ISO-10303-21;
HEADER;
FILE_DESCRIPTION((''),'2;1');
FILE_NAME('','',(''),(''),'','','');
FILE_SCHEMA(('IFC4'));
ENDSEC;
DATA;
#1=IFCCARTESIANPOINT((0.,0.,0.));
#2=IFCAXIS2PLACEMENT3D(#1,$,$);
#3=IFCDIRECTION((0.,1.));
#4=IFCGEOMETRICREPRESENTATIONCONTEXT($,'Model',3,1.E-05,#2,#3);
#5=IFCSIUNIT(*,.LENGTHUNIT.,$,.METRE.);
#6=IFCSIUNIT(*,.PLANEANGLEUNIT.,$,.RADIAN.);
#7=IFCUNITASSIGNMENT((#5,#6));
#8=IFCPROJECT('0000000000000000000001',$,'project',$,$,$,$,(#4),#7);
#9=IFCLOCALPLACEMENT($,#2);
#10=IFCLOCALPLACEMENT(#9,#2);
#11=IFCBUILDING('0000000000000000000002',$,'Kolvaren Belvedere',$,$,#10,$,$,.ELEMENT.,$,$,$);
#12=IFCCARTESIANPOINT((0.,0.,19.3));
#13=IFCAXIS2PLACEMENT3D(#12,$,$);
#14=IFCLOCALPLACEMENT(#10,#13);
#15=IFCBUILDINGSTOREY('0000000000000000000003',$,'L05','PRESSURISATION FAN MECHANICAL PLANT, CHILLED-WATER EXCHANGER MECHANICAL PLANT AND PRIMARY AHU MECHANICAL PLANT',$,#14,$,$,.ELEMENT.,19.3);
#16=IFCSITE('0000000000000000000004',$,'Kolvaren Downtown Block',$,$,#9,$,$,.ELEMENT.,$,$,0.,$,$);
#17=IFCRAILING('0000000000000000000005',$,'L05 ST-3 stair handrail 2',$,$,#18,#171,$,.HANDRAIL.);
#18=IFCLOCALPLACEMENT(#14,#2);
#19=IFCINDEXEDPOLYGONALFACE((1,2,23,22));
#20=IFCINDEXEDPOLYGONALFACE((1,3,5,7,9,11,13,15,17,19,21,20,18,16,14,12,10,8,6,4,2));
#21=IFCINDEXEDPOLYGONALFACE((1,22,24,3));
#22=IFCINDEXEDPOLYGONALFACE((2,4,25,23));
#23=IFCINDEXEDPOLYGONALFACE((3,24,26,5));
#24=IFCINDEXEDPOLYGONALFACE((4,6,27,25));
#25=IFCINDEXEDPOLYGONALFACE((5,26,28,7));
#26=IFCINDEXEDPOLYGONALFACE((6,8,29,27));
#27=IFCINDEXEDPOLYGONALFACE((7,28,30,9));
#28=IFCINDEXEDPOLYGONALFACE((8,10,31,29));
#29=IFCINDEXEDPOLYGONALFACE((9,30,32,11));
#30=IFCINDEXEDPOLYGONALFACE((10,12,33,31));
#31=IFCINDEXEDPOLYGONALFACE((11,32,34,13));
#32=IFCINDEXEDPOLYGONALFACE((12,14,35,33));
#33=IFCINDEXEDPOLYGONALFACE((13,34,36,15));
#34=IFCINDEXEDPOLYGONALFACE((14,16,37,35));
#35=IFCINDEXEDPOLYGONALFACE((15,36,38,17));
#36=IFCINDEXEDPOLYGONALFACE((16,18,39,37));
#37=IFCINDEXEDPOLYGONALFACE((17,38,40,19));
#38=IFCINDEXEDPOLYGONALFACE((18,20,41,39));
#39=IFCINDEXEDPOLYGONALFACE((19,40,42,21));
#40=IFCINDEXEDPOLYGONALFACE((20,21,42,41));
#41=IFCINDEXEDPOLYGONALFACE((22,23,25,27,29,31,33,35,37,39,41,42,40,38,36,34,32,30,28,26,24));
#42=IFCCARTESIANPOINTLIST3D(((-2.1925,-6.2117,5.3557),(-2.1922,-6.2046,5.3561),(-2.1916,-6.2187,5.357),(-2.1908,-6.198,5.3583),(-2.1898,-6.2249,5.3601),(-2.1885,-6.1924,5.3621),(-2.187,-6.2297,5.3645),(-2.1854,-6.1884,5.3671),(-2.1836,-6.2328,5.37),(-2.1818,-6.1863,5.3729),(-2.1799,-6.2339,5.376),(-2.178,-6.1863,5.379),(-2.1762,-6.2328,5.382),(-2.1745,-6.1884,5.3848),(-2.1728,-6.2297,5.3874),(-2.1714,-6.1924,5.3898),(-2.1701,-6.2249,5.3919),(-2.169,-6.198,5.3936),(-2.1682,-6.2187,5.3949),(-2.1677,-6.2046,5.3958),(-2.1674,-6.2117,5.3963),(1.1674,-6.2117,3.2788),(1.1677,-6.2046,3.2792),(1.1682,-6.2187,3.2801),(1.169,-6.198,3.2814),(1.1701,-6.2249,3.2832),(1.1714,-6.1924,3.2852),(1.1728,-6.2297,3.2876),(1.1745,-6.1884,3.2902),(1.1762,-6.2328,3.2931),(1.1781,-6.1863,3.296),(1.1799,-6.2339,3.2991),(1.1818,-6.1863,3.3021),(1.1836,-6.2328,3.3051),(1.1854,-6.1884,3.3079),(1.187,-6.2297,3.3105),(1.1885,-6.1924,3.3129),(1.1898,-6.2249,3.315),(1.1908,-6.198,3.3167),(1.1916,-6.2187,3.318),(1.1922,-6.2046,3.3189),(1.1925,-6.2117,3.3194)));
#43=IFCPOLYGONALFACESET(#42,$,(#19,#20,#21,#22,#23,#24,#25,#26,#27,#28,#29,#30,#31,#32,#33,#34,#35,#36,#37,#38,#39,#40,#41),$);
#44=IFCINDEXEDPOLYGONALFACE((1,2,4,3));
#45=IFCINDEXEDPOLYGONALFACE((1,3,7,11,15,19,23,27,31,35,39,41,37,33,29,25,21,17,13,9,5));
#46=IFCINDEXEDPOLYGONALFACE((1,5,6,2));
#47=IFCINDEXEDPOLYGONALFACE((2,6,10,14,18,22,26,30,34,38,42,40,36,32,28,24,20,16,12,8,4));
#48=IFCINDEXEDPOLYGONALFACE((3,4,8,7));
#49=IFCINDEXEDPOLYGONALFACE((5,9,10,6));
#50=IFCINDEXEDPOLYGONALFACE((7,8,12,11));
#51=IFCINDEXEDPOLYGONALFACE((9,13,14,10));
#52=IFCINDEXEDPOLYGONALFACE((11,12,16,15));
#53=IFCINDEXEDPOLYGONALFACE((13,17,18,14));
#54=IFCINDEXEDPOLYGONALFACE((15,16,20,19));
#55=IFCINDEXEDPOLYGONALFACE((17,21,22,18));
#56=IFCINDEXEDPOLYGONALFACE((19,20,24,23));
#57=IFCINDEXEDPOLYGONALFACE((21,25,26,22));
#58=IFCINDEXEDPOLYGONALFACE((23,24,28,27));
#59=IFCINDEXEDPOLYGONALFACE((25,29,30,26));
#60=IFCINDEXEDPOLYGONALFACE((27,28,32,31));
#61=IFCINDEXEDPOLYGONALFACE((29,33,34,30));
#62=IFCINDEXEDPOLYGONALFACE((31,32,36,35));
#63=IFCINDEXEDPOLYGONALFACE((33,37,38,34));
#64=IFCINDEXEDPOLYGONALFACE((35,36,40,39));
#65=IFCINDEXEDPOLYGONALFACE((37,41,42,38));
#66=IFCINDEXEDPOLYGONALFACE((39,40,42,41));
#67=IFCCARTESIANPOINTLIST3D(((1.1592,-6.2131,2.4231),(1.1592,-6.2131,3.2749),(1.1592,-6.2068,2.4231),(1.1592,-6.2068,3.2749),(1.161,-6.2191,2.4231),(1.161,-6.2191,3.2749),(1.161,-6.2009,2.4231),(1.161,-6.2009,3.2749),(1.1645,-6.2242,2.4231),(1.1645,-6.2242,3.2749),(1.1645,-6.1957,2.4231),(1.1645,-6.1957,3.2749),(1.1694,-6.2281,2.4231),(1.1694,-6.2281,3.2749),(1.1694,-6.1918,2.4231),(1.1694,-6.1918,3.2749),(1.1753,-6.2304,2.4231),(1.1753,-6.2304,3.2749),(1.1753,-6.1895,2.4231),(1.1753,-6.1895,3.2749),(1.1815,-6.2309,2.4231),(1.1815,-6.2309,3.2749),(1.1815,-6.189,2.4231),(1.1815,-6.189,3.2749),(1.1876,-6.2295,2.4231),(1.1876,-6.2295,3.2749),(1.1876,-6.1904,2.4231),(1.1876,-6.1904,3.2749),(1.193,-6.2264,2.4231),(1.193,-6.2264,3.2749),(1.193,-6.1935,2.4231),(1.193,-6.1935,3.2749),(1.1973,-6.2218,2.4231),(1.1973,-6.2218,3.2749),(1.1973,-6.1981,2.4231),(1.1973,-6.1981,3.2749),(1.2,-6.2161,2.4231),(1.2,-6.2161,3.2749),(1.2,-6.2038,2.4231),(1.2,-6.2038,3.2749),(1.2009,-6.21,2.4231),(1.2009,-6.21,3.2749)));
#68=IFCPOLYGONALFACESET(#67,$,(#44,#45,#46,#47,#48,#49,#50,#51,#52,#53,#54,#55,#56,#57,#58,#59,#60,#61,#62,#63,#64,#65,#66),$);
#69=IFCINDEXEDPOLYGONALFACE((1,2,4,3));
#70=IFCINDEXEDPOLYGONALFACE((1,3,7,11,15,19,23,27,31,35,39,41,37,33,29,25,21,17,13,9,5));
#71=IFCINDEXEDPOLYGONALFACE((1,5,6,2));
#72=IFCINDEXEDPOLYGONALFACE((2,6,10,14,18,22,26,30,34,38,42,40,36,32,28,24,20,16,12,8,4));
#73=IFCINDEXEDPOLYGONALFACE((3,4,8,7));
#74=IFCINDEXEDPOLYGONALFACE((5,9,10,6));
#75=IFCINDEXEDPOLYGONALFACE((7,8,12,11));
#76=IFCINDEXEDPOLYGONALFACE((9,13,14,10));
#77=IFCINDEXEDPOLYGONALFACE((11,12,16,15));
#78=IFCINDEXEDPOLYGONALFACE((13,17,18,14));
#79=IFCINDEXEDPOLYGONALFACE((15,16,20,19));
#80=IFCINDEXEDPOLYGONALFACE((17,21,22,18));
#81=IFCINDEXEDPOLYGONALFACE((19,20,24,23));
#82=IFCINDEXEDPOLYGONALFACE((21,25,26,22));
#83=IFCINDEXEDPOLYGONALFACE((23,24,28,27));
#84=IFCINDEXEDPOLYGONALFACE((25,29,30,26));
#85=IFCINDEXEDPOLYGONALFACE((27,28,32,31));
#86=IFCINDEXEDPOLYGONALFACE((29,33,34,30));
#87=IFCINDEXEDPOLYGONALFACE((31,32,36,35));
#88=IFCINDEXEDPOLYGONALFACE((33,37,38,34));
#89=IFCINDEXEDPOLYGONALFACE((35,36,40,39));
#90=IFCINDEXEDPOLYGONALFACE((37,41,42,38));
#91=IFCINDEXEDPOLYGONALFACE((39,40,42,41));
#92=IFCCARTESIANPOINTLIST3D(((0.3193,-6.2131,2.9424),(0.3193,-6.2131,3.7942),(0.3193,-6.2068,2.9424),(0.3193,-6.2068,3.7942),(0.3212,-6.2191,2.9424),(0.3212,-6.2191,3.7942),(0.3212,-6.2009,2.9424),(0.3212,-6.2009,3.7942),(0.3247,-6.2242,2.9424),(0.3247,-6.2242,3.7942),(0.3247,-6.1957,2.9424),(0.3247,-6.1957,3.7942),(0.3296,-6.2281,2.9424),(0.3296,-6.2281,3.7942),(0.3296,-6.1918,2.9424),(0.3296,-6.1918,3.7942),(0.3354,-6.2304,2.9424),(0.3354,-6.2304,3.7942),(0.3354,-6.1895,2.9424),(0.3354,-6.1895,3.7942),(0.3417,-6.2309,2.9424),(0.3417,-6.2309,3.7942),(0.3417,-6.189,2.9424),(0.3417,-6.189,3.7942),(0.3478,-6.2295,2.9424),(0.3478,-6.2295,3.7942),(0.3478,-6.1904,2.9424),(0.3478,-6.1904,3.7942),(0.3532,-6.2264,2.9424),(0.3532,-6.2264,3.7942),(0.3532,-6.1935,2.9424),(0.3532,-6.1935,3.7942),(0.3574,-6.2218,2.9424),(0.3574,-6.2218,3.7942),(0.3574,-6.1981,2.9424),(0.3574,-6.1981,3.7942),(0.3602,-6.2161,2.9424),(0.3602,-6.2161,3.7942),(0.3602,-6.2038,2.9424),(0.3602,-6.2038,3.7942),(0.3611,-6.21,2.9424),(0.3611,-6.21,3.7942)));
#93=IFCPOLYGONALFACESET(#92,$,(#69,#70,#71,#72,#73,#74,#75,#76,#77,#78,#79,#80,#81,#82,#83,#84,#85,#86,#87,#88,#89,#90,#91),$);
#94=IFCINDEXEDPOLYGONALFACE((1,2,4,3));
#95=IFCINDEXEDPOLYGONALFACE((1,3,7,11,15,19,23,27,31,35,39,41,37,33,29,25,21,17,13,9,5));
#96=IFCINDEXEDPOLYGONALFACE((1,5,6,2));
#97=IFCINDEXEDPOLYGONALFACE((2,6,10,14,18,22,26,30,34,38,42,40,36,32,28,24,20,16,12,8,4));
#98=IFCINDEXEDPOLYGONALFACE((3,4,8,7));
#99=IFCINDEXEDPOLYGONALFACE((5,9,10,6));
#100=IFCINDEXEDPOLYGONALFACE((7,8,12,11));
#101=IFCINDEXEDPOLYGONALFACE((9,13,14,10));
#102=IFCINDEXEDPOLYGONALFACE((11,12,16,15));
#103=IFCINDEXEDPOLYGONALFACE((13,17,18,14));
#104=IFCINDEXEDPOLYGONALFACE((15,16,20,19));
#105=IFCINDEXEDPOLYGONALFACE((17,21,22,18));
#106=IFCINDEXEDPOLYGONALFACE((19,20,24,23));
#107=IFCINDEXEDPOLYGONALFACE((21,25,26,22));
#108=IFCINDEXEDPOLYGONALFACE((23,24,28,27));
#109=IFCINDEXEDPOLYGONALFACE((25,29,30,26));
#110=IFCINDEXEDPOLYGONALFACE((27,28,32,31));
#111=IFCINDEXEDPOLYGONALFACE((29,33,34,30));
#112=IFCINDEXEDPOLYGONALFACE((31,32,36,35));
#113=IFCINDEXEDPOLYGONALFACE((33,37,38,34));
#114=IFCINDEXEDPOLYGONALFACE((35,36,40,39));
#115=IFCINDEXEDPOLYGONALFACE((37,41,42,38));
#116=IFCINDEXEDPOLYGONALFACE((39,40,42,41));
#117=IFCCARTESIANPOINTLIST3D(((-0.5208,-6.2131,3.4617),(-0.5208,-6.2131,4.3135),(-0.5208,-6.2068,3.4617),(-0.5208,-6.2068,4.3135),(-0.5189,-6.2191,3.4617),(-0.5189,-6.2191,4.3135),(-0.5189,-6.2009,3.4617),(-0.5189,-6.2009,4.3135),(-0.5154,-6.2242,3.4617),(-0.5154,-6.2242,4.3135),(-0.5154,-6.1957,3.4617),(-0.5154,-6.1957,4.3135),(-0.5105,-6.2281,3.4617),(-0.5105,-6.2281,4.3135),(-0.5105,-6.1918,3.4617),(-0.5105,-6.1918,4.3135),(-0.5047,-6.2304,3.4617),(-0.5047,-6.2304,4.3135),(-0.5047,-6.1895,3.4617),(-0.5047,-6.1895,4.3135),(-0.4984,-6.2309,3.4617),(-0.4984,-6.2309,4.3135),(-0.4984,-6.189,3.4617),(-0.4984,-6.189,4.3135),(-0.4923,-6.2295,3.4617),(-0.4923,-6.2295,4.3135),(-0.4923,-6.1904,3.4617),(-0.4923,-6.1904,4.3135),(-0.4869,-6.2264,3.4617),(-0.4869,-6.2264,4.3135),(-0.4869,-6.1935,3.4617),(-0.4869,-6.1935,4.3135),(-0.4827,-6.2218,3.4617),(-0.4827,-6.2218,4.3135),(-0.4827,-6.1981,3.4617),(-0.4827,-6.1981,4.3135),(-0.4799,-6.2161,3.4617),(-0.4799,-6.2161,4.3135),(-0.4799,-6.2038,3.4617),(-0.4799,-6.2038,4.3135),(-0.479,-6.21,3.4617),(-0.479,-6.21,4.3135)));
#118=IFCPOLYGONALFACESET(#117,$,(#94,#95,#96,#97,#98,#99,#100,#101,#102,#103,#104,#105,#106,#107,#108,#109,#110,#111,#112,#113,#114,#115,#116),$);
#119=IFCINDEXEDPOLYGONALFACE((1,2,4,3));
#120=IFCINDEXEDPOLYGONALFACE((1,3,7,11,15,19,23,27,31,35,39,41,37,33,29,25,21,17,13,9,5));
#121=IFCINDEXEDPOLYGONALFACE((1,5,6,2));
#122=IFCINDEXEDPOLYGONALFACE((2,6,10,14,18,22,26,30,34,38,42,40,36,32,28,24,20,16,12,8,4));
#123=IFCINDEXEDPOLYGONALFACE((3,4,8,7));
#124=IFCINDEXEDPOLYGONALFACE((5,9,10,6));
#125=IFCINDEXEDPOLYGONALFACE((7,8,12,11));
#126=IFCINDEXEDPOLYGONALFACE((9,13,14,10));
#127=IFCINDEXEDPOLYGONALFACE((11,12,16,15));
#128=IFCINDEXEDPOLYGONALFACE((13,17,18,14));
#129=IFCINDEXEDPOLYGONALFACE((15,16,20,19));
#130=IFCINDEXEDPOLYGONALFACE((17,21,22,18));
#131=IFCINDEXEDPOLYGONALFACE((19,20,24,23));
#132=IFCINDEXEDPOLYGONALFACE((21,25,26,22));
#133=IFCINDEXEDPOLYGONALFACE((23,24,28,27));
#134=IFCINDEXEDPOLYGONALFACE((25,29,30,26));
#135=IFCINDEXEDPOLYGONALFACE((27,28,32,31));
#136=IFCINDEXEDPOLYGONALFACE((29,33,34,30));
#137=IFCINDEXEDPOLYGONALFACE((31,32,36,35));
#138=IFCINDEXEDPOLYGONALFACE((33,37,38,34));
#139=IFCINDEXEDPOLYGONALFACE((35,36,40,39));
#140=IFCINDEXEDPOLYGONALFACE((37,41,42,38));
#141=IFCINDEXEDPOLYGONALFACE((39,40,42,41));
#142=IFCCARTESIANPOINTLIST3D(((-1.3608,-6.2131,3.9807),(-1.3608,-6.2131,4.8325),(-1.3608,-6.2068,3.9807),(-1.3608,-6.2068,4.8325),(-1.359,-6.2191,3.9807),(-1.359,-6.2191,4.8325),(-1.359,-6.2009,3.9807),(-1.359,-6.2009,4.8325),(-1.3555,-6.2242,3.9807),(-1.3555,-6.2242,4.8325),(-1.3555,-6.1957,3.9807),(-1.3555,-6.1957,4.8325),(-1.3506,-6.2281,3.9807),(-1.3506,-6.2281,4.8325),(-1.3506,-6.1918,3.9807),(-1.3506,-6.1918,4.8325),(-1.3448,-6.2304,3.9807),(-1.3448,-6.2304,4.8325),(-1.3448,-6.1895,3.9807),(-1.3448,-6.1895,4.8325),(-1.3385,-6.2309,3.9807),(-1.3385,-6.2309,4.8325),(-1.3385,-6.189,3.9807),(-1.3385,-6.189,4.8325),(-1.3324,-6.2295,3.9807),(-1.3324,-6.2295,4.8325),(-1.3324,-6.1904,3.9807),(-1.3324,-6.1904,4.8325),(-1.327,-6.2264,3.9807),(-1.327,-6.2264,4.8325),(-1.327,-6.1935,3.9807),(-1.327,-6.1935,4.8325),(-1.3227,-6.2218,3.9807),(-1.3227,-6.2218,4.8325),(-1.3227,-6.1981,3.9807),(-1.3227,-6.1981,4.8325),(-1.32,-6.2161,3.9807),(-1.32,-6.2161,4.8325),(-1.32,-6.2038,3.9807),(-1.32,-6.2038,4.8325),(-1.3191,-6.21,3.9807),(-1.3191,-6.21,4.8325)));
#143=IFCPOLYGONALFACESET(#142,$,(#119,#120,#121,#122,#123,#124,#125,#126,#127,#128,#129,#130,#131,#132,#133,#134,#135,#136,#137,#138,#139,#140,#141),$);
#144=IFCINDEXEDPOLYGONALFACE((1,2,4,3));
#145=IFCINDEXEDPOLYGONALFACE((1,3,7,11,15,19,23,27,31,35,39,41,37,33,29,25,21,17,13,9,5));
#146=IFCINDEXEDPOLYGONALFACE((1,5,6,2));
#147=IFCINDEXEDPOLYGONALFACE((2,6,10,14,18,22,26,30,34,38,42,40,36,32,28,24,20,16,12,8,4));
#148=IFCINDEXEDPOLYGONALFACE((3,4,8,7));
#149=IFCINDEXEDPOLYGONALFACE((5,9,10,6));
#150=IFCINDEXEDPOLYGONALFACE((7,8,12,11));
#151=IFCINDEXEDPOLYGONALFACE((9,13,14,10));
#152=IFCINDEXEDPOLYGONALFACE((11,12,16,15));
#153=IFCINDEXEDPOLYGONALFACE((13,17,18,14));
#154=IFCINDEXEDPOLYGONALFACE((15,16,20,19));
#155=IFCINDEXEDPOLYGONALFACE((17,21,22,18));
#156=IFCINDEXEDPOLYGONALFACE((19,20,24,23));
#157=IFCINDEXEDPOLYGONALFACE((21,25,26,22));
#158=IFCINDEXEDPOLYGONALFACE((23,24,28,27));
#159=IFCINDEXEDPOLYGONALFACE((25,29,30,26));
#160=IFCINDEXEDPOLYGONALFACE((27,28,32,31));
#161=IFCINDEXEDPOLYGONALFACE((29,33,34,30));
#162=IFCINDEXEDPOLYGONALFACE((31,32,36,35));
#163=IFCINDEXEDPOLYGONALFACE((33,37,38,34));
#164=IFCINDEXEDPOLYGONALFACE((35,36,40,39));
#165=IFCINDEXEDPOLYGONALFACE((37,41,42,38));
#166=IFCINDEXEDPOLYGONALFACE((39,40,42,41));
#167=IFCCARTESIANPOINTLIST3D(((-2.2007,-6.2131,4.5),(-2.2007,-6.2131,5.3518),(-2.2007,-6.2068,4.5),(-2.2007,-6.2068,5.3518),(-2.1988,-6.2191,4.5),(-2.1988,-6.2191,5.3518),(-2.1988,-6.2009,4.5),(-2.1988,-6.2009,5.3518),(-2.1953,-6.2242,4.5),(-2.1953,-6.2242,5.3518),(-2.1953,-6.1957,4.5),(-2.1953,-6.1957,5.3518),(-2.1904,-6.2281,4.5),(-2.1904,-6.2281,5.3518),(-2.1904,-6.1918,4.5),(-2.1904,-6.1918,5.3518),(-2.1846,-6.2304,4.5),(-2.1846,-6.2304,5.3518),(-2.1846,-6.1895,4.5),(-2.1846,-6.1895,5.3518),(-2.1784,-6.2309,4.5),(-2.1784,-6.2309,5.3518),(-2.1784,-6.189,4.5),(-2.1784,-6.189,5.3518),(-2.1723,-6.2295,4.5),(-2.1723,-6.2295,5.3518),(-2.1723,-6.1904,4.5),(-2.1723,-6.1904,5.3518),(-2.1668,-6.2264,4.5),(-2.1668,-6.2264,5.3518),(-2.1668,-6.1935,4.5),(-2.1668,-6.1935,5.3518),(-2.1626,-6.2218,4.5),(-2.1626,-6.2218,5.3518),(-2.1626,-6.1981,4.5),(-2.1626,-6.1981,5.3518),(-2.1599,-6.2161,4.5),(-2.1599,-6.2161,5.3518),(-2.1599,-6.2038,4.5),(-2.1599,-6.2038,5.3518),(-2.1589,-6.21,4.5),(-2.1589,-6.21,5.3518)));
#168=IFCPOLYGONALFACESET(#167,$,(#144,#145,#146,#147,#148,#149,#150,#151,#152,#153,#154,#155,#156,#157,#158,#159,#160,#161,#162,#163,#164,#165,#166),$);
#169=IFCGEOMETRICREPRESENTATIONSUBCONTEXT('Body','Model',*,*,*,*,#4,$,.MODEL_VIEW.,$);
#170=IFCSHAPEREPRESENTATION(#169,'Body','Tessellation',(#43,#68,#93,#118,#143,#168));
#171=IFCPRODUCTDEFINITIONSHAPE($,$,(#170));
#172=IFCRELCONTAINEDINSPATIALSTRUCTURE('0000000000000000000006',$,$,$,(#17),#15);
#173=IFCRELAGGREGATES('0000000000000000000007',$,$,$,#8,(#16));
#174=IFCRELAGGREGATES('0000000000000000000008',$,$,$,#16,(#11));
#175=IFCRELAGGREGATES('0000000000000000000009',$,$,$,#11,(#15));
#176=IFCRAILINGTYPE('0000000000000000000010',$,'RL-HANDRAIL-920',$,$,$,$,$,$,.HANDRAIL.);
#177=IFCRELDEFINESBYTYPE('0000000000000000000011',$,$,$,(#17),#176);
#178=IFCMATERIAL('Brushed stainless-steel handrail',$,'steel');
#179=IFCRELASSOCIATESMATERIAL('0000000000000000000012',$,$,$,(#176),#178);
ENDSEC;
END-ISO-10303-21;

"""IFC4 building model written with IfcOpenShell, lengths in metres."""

from ifc_helpers import new_model, si_unit, direction, frame, origin, origin_2d, place, context, subcontext, project, spatial, circle, extrude, material, type_object, element, save


model = new_model("IFC4")

# Units and contexts
model_context = context("Model", 3, precision=1e-05, world=origin(), true_north=direction((0.0, 1.0)))
body_context = subcontext(model_context, "Body", "Model", "MODEL_VIEW")
ifc_project = project(units=[si_unit("LENGTHUNIT", "METRE"), si_unit("PLANEANGLEUNIT", "RADIAN")], contexts=[model_context])

# Site, building, storey
site_placement = place(None, origin())
site = spatial("IfcSite", under=ifc_project, at=site_placement, Name="Kolvaren Downtown Block", CompositionType="ELEMENT", RefElevation=0.0)
building_placement = place(site_placement, origin())
building = spatial("IfcBuilding", under=site, at=building_placement, Name="Kolvaren Belvedere", CompositionType="ELEMENT")
storey_placement = place(building_placement, frame((0.0, 0.0, 19.3)))
storey = spatial("IfcBuildingStorey", under=building, at=storey_placement, Name="L05", Description="PRESSURISATION FAN MECHANICAL PLANT, CHILLED-WATER EXCHANGER MECHANICAL PLANT AND PRIMARY AHU MECHANICAL PLANT", CompositionType="ELEMENT", Elevation=19.3)

# Railing
ifc_material_1 = material(Name="Brushed stainless-steel handrail", Category="steel")
railing_type_1 = type_object("IfcRailingType", Name="RL-HANDRAIL-920", PredefinedType="HANDRAIL", material=ifc_material_1)
railing_1_placement = place(storey_placement, frame((1.1799, -6.21, 2.4231)))
element("IfcRailing", 1, at=railing_1_placement, inside=storey, type_object=railing_type_1, Name="L05 ST-3 stair handrail 2", PredefinedType="HANDRAIL", context=body_context, shape_type="SweptSolid", body=[
    extrude(circle(Radius=0.0239, at=origin_2d()), frame((0.0, 0.0, 0.876), z_axis=(-0.850606, 0.0, 0.525803), x_axis=(0.0, -1.0, 0.0)), (0.0, 0.0, 1.0), 3.95),
    extrude(circle(Radius=0.021, at=origin_2d()), origin(), (0.0, 0.0, 1.0), 0.8518),
    extrude(circle(Radius=0.021, at=origin_2d()), frame((-0.8398, 0.0, 0.5193)), (0.0, 0.0, 1.0), 0.8518),
    extrude(circle(Radius=0.021, at=origin_2d()), frame((-1.6799, 0.0, 1.0386)), (0.0, 0.0, 1.0), 0.8518),
    extrude(circle(Radius=0.021, at=origin_2d()), frame((-2.52, 0.0, 1.5576)), (0.0, 0.0, 1.0), 0.8518),
    extrude(circle(Radius=0.021, at=origin_2d()), frame((-3.3599, 0.0, 2.0769)), (0.0, 0.0, 1.0), 0.8518),
])

save(model, "model.ifc")
